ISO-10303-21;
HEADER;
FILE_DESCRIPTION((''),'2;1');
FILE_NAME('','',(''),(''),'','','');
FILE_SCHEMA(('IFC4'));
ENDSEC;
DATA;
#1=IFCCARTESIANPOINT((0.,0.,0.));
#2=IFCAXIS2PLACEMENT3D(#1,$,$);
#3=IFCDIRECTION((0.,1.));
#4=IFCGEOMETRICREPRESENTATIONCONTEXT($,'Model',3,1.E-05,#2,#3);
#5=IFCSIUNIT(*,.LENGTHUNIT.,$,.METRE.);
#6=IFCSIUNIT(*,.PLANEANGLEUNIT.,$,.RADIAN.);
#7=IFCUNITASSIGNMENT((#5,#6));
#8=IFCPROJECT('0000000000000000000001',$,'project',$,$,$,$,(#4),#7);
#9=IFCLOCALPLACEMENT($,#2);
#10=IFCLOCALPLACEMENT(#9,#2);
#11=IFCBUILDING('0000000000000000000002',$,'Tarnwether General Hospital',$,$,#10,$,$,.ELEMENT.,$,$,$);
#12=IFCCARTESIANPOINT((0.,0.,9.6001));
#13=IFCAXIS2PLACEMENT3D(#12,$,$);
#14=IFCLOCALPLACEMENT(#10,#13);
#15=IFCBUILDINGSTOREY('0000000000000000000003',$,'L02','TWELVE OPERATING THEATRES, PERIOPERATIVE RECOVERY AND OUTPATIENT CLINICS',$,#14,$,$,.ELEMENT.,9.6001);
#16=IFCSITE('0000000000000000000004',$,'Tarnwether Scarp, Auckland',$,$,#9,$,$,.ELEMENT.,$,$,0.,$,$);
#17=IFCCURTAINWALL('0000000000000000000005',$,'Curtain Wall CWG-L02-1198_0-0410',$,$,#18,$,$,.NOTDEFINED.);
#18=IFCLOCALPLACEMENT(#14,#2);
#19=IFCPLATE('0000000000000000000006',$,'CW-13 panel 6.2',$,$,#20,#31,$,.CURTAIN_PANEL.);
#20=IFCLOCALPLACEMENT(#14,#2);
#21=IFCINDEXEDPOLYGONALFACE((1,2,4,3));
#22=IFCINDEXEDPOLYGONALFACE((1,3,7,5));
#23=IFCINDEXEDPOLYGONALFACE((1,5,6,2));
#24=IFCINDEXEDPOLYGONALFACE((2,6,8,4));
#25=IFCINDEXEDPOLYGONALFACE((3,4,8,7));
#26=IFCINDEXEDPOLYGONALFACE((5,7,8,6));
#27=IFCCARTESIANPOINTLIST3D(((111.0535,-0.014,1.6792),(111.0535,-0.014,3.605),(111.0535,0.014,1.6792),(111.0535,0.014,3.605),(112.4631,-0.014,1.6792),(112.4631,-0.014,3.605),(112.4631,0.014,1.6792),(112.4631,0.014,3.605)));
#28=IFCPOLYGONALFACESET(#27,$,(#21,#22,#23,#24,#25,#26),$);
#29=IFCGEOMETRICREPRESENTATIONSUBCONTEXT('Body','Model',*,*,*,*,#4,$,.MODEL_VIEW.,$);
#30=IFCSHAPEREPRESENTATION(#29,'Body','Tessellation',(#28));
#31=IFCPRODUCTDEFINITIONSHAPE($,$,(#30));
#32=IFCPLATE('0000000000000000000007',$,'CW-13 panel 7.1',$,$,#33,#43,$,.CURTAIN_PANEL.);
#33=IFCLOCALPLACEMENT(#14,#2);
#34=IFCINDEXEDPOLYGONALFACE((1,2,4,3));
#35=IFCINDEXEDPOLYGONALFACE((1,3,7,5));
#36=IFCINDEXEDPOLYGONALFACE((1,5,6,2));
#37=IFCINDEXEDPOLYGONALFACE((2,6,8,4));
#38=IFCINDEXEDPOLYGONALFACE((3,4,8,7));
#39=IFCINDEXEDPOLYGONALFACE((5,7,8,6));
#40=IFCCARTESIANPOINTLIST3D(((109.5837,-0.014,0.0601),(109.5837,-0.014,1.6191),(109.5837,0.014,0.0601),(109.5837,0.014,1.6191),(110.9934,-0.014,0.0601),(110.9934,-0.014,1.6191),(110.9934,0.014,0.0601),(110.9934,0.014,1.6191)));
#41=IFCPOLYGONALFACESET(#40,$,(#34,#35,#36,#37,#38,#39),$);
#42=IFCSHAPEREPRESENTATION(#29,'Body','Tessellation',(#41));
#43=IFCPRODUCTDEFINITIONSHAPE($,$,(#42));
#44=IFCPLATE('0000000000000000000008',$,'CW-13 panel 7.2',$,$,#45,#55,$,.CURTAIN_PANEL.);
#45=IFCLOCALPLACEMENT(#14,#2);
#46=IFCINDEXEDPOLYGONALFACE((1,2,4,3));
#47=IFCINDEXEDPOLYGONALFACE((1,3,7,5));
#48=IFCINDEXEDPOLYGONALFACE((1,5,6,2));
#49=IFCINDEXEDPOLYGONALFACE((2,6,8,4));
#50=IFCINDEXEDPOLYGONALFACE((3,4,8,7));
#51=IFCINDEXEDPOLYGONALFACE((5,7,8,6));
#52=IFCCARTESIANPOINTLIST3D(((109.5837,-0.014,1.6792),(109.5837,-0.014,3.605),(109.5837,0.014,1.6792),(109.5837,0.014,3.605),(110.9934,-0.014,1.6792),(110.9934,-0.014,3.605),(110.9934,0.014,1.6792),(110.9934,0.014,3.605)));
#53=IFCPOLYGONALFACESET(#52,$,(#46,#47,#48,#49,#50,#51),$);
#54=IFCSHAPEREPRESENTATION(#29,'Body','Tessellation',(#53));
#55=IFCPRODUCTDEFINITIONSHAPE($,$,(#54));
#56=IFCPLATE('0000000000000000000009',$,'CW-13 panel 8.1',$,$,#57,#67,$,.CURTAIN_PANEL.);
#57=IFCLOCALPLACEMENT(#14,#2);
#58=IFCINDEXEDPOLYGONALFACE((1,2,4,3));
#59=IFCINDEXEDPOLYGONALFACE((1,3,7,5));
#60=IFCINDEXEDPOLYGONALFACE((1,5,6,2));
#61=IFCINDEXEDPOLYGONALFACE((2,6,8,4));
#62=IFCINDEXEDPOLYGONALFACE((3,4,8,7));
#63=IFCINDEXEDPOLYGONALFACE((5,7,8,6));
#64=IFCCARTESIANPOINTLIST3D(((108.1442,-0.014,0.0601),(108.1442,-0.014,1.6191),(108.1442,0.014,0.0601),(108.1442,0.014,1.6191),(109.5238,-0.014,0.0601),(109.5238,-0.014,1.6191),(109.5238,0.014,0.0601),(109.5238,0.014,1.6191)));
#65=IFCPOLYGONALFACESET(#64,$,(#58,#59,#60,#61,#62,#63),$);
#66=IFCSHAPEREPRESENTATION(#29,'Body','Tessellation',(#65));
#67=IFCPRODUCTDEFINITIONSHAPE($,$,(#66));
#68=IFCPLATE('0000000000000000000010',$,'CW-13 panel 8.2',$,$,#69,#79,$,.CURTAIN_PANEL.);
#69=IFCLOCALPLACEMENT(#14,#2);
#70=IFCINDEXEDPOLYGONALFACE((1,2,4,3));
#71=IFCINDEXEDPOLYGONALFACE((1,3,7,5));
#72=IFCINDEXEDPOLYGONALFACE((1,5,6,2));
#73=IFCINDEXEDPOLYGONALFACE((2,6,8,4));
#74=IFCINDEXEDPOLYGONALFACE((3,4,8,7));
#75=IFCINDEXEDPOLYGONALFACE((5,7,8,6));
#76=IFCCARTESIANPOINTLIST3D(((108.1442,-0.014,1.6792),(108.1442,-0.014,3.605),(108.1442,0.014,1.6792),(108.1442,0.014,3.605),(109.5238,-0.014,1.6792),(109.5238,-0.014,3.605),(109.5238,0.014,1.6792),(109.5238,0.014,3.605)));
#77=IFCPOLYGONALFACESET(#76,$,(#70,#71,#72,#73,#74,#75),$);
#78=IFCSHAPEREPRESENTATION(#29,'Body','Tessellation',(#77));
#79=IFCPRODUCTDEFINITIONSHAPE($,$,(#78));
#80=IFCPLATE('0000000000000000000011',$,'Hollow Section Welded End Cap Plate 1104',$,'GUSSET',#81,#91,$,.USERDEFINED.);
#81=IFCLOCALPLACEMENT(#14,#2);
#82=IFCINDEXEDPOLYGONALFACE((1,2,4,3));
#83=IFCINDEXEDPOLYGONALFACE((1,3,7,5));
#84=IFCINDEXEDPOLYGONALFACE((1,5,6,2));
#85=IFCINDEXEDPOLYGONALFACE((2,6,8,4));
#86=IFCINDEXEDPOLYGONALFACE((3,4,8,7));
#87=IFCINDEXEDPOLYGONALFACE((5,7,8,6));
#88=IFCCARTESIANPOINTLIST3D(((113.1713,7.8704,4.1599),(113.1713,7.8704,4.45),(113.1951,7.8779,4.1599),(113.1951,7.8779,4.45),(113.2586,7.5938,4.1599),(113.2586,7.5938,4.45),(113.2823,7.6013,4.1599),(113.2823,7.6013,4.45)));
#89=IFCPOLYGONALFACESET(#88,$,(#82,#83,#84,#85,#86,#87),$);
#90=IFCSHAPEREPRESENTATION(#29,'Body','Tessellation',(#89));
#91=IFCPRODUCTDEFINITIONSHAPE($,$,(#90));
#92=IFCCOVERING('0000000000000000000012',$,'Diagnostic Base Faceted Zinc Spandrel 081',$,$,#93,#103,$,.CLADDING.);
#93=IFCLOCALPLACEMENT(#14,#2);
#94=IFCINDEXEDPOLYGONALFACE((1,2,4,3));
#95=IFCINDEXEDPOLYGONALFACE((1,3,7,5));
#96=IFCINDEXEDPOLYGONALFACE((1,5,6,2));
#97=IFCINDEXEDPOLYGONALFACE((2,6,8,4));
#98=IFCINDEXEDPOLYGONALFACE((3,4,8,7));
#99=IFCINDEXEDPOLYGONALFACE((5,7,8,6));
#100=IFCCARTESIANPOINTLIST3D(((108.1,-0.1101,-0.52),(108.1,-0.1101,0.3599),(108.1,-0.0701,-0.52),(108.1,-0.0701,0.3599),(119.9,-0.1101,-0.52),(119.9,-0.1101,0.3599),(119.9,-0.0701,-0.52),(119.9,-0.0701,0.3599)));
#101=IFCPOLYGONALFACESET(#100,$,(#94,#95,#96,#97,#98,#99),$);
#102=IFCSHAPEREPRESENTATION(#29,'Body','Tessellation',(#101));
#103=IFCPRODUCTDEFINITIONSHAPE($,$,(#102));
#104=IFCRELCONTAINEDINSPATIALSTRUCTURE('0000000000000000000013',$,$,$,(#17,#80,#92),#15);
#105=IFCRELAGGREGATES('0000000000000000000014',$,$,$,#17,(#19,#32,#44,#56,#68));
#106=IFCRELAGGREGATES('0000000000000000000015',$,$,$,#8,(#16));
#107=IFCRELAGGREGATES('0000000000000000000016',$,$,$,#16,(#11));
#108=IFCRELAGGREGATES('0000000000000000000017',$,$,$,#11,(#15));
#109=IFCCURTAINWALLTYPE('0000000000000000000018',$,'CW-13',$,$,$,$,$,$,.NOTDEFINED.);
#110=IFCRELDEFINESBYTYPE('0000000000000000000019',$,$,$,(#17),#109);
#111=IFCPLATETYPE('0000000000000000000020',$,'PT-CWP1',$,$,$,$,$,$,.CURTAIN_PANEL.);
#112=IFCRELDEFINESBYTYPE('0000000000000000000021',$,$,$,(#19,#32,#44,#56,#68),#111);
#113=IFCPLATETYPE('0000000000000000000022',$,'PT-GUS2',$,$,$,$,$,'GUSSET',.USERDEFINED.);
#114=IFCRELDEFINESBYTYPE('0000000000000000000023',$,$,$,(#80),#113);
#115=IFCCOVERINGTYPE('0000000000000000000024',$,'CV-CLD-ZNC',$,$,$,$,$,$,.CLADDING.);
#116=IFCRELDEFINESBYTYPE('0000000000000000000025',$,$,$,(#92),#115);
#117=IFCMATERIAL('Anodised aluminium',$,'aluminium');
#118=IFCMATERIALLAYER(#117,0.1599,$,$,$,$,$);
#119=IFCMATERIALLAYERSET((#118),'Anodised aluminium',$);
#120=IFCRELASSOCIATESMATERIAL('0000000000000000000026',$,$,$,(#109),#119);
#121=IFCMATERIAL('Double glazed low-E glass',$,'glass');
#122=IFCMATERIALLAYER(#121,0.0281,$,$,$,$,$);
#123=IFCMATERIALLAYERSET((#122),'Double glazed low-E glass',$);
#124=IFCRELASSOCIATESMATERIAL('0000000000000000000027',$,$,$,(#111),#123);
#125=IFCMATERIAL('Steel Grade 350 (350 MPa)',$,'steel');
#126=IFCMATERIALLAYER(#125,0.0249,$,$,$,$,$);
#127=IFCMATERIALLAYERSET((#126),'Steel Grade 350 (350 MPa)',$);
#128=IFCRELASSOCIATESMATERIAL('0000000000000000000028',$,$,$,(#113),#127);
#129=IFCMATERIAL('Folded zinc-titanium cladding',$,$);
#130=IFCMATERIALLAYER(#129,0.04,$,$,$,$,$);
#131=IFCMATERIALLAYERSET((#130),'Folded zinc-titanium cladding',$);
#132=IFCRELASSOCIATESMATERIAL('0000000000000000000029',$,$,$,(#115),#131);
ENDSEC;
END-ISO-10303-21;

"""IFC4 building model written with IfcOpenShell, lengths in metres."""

from ifc_helpers import new_model, si_unit, direction, frame, origin, origin_2d, place, context, subcontext, project, spatial, rectangle, extrude, material, layer, layer_set, type_object, element, aggregate, save


model = new_model("IFC4")

# Units and contexts
model_context = context("Model", 3, precision=1e-05, world=origin(), true_north=direction((0.0, 1.0)))
body_context = subcontext(model_context, "Body", "Model", "MODEL_VIEW")
ifc_project = project(units=[si_unit("LENGTHUNIT", "METRE"), si_unit("PLANEANGLEUNIT", "RADIAN")], contexts=[model_context])

# Site, building, storey
site_placement = place(None, origin())
site = spatial("IfcSite", under=ifc_project, at=site_placement, Name="Tarnwether Scarp, Auckland", CompositionType="ELEMENT", RefElevation=0.0)
building_placement = place(site_placement, origin())
building = spatial("IfcBuilding", under=site, at=building_placement, Name="Tarnwether General Hospital", CompositionType="ELEMENT")
storey_placement = place(building_placement, frame((0.0, 0.0, 9.6001)))
storey = spatial("IfcBuildingStorey", under=building, at=storey_placement, Name="L02", Description="TWELVE OPERATING THEATRES, PERIOPERATIVE RECOVERY AND OUTPATIENT CLINICS", CompositionType="ELEMENT", Elevation=9.6001)

# Curtain wall, plates
ifc_material_1 = material(Name="Anodised aluminium", Category="aluminium")
ifc_layer_1 = layer(ifc_material_1, 0.1599)
ifc_layer_set_1 = layer_set([ifc_layer_1], Name="Anodised aluminium")
curtain_wall_type = type_object("IfcCurtainWallType", Name="CW-13", PredefinedType="NOTDEFINED", material=ifc_layer_set_1)
curtain_wall_placement = place(storey_placement, origin())
curtain_wall = element("IfcCurtainWall", 1, at=curtain_wall_placement, inside=storey, type_object=curtain_wall_type, Name="Curtain Wall CWG-L02-1198_0-0410", PredefinedType="NOTDEFINED")
ifc_material_2 = material(Name="Double glazed low-E glass", Category="glass")
ifc_layer_2 = layer(ifc_material_2, 0.0281)
ifc_layer_set_2 = layer_set([ifc_layer_2], Name="Double glazed low-E glass")
plate_type_1 = type_object("IfcPlateType", Name="PT-CWP1", PredefinedType="CURTAIN_PANEL", material=ifc_layer_set_2)
plate_1_placement = place(storey_placement, frame((111.7583, 0.0, 1.6792), z_axis=(0.0, 0.0, 1.0), x_axis=(-1.0, 0.0, 0.0)))
plate_1 = element("IfcPlate", 2, at=plate_1_placement, type_object=plate_type_1, Name="CW-13 panel 6.2", PredefinedType="CURTAIN_PANEL", context=body_context, shape_type="SweptSolid", body=[
    extrude(rectangle(XDim=1.4097, YDim=0.0281, at=origin_2d()), origin(), (0.0, 0.0, 1.0), 1.9258),
])
plate_2_placement = place(storey_placement, frame((110.2886, 0.0, 0.0601), z_axis=(0.0, 0.0, 1.0), x_axis=(-1.0, 0.0, 0.0)))
plate_2 = element("IfcPlate", 3, at=plate_2_placement, type_object=plate_type_1, Name="CW-13 panel 7.1", PredefinedType="CURTAIN_PANEL", context=body_context, shape_type="SweptSolid", body=[
    extrude(rectangle(XDim=1.4097, YDim=0.0281, at=origin_2d()), origin(), (0.0, 0.0, 1.0), 1.5591),
])
plate_3_placement = place(storey_placement, frame((110.2886, 0.0, 1.6792), z_axis=(0.0, 0.0, 1.0), x_axis=(-1.0, 0.0, 0.0)))
plate_3 = element("IfcPlate", 4, at=plate_3_placement, type_object=plate_type_1, Name="CW-13 panel 7.2", PredefinedType="CURTAIN_PANEL", context=body_context, shape_type="SweptSolid", body=[
    extrude(rectangle(XDim=1.4097, YDim=0.0281, at=origin_2d()), origin(), (0.0, 0.0, 1.0), 1.9258),
])
plate_4_placement = place(storey_placement, frame((108.834, 0.0, 0.0601), z_axis=(0.0, 0.0, 1.0), x_axis=(-1.0, 0.0, 0.0)))
plate_4 = element("IfcPlate", 5, at=plate_4_placement, type_object=plate_type_1, Name="CW-13 panel 8.1", PredefinedType="CURTAIN_PANEL", context=body_context, shape_type="SweptSolid", body=[
    extrude(rectangle(XDim=1.3796, YDim=0.0281, at=origin_2d()), origin(), (0.0, 0.0, 1.0), 1.5591),
])
plate_5_placement = place(storey_placement, frame((108.834, 0.0, 1.6792), z_axis=(0.0, 0.0, 1.0), x_axis=(-1.0, 0.0, 0.0)))
plate_5 = element("IfcPlate", 6, at=plate_5_placement, type_object=plate_type_1, Name="CW-13 panel 8.2", PredefinedType="CURTAIN_PANEL", context=body_context, shape_type="SweptSolid", body=[
    extrude(rectangle(XDim=1.3796, YDim=0.0281, at=origin_2d()), origin(), (0.0, 0.0, 1.0), 1.9258),
])
aggregate(curtain_wall, [plate_1, plate_2, plate_3, plate_4, plate_5])

# Plate
ifc_material_3 = material(Name="Steel Grade 350 (350 MPa)", Category="steel")
ifc_layer_3 = layer(ifc_material_3, 0.0249)
ifc_layer_set_3 = layer_set([ifc_layer_3], Name="Steel Grade 350 (350 MPa)")
plate_type_2 = type_object("IfcPlateType", Name="PT-GUS2", ElementType="GUSSET", PredefinedType="USERDEFINED", material=ifc_layer_set_3)
plate_6_placement = place(storey_placement, frame((113.2268, 7.7358, 4.1599), z_axis=(0.0, 0.0, 1.0), x_axis=(0.953691, 0.300789, 0.0)))
element("IfcPlate", 7, at=plate_6_placement, inside=storey, type_object=plate_type_2, Name="Hollow Section Welded End Cap Plate 1104", ObjectType="GUSSET", PredefinedType="USERDEFINED", context=body_context, shape_type="SweptSolid", body=[
    extrude(rectangle(XDim=0.0249, YDim=0.29, at=origin_2d()), origin(), (0.0, 0.0, 1.0), 0.29),
])

# Covering
ifc_material_4 = material(Name="Folded zinc-titanium cladding")
ifc_layer_4 = layer(ifc_material_4, 0.04)
ifc_layer_set_4 = layer_set([ifc_layer_4], Name="Folded zinc-titanium cladding")
covering_type = type_object("IfcCoveringType", Name="CV-CLD-ZNC", PredefinedType="CLADDING", material=ifc_layer_set_4)
covering_placement = place(storey_placement, frame((114.0, -0.0901, -0.52), z_axis=(0.0, 0.0, 1.0), x_axis=(1.0, 0.0, 0.0)))
element("IfcCovering", 8, at=covering_placement, inside=storey, type_object=covering_type, Name="Diagnostic Base Faceted Zinc Spandrel 081", PredefinedType="CLADDING", context=body_context, shape_type="SweptSolid", body=[
    extrude(rectangle(XDim=11.8, YDim=0.04, at=origin_2d()), origin(), (0.0, 0.0, 1.0), 0.8799),
])

save(model, "model.ifc")
